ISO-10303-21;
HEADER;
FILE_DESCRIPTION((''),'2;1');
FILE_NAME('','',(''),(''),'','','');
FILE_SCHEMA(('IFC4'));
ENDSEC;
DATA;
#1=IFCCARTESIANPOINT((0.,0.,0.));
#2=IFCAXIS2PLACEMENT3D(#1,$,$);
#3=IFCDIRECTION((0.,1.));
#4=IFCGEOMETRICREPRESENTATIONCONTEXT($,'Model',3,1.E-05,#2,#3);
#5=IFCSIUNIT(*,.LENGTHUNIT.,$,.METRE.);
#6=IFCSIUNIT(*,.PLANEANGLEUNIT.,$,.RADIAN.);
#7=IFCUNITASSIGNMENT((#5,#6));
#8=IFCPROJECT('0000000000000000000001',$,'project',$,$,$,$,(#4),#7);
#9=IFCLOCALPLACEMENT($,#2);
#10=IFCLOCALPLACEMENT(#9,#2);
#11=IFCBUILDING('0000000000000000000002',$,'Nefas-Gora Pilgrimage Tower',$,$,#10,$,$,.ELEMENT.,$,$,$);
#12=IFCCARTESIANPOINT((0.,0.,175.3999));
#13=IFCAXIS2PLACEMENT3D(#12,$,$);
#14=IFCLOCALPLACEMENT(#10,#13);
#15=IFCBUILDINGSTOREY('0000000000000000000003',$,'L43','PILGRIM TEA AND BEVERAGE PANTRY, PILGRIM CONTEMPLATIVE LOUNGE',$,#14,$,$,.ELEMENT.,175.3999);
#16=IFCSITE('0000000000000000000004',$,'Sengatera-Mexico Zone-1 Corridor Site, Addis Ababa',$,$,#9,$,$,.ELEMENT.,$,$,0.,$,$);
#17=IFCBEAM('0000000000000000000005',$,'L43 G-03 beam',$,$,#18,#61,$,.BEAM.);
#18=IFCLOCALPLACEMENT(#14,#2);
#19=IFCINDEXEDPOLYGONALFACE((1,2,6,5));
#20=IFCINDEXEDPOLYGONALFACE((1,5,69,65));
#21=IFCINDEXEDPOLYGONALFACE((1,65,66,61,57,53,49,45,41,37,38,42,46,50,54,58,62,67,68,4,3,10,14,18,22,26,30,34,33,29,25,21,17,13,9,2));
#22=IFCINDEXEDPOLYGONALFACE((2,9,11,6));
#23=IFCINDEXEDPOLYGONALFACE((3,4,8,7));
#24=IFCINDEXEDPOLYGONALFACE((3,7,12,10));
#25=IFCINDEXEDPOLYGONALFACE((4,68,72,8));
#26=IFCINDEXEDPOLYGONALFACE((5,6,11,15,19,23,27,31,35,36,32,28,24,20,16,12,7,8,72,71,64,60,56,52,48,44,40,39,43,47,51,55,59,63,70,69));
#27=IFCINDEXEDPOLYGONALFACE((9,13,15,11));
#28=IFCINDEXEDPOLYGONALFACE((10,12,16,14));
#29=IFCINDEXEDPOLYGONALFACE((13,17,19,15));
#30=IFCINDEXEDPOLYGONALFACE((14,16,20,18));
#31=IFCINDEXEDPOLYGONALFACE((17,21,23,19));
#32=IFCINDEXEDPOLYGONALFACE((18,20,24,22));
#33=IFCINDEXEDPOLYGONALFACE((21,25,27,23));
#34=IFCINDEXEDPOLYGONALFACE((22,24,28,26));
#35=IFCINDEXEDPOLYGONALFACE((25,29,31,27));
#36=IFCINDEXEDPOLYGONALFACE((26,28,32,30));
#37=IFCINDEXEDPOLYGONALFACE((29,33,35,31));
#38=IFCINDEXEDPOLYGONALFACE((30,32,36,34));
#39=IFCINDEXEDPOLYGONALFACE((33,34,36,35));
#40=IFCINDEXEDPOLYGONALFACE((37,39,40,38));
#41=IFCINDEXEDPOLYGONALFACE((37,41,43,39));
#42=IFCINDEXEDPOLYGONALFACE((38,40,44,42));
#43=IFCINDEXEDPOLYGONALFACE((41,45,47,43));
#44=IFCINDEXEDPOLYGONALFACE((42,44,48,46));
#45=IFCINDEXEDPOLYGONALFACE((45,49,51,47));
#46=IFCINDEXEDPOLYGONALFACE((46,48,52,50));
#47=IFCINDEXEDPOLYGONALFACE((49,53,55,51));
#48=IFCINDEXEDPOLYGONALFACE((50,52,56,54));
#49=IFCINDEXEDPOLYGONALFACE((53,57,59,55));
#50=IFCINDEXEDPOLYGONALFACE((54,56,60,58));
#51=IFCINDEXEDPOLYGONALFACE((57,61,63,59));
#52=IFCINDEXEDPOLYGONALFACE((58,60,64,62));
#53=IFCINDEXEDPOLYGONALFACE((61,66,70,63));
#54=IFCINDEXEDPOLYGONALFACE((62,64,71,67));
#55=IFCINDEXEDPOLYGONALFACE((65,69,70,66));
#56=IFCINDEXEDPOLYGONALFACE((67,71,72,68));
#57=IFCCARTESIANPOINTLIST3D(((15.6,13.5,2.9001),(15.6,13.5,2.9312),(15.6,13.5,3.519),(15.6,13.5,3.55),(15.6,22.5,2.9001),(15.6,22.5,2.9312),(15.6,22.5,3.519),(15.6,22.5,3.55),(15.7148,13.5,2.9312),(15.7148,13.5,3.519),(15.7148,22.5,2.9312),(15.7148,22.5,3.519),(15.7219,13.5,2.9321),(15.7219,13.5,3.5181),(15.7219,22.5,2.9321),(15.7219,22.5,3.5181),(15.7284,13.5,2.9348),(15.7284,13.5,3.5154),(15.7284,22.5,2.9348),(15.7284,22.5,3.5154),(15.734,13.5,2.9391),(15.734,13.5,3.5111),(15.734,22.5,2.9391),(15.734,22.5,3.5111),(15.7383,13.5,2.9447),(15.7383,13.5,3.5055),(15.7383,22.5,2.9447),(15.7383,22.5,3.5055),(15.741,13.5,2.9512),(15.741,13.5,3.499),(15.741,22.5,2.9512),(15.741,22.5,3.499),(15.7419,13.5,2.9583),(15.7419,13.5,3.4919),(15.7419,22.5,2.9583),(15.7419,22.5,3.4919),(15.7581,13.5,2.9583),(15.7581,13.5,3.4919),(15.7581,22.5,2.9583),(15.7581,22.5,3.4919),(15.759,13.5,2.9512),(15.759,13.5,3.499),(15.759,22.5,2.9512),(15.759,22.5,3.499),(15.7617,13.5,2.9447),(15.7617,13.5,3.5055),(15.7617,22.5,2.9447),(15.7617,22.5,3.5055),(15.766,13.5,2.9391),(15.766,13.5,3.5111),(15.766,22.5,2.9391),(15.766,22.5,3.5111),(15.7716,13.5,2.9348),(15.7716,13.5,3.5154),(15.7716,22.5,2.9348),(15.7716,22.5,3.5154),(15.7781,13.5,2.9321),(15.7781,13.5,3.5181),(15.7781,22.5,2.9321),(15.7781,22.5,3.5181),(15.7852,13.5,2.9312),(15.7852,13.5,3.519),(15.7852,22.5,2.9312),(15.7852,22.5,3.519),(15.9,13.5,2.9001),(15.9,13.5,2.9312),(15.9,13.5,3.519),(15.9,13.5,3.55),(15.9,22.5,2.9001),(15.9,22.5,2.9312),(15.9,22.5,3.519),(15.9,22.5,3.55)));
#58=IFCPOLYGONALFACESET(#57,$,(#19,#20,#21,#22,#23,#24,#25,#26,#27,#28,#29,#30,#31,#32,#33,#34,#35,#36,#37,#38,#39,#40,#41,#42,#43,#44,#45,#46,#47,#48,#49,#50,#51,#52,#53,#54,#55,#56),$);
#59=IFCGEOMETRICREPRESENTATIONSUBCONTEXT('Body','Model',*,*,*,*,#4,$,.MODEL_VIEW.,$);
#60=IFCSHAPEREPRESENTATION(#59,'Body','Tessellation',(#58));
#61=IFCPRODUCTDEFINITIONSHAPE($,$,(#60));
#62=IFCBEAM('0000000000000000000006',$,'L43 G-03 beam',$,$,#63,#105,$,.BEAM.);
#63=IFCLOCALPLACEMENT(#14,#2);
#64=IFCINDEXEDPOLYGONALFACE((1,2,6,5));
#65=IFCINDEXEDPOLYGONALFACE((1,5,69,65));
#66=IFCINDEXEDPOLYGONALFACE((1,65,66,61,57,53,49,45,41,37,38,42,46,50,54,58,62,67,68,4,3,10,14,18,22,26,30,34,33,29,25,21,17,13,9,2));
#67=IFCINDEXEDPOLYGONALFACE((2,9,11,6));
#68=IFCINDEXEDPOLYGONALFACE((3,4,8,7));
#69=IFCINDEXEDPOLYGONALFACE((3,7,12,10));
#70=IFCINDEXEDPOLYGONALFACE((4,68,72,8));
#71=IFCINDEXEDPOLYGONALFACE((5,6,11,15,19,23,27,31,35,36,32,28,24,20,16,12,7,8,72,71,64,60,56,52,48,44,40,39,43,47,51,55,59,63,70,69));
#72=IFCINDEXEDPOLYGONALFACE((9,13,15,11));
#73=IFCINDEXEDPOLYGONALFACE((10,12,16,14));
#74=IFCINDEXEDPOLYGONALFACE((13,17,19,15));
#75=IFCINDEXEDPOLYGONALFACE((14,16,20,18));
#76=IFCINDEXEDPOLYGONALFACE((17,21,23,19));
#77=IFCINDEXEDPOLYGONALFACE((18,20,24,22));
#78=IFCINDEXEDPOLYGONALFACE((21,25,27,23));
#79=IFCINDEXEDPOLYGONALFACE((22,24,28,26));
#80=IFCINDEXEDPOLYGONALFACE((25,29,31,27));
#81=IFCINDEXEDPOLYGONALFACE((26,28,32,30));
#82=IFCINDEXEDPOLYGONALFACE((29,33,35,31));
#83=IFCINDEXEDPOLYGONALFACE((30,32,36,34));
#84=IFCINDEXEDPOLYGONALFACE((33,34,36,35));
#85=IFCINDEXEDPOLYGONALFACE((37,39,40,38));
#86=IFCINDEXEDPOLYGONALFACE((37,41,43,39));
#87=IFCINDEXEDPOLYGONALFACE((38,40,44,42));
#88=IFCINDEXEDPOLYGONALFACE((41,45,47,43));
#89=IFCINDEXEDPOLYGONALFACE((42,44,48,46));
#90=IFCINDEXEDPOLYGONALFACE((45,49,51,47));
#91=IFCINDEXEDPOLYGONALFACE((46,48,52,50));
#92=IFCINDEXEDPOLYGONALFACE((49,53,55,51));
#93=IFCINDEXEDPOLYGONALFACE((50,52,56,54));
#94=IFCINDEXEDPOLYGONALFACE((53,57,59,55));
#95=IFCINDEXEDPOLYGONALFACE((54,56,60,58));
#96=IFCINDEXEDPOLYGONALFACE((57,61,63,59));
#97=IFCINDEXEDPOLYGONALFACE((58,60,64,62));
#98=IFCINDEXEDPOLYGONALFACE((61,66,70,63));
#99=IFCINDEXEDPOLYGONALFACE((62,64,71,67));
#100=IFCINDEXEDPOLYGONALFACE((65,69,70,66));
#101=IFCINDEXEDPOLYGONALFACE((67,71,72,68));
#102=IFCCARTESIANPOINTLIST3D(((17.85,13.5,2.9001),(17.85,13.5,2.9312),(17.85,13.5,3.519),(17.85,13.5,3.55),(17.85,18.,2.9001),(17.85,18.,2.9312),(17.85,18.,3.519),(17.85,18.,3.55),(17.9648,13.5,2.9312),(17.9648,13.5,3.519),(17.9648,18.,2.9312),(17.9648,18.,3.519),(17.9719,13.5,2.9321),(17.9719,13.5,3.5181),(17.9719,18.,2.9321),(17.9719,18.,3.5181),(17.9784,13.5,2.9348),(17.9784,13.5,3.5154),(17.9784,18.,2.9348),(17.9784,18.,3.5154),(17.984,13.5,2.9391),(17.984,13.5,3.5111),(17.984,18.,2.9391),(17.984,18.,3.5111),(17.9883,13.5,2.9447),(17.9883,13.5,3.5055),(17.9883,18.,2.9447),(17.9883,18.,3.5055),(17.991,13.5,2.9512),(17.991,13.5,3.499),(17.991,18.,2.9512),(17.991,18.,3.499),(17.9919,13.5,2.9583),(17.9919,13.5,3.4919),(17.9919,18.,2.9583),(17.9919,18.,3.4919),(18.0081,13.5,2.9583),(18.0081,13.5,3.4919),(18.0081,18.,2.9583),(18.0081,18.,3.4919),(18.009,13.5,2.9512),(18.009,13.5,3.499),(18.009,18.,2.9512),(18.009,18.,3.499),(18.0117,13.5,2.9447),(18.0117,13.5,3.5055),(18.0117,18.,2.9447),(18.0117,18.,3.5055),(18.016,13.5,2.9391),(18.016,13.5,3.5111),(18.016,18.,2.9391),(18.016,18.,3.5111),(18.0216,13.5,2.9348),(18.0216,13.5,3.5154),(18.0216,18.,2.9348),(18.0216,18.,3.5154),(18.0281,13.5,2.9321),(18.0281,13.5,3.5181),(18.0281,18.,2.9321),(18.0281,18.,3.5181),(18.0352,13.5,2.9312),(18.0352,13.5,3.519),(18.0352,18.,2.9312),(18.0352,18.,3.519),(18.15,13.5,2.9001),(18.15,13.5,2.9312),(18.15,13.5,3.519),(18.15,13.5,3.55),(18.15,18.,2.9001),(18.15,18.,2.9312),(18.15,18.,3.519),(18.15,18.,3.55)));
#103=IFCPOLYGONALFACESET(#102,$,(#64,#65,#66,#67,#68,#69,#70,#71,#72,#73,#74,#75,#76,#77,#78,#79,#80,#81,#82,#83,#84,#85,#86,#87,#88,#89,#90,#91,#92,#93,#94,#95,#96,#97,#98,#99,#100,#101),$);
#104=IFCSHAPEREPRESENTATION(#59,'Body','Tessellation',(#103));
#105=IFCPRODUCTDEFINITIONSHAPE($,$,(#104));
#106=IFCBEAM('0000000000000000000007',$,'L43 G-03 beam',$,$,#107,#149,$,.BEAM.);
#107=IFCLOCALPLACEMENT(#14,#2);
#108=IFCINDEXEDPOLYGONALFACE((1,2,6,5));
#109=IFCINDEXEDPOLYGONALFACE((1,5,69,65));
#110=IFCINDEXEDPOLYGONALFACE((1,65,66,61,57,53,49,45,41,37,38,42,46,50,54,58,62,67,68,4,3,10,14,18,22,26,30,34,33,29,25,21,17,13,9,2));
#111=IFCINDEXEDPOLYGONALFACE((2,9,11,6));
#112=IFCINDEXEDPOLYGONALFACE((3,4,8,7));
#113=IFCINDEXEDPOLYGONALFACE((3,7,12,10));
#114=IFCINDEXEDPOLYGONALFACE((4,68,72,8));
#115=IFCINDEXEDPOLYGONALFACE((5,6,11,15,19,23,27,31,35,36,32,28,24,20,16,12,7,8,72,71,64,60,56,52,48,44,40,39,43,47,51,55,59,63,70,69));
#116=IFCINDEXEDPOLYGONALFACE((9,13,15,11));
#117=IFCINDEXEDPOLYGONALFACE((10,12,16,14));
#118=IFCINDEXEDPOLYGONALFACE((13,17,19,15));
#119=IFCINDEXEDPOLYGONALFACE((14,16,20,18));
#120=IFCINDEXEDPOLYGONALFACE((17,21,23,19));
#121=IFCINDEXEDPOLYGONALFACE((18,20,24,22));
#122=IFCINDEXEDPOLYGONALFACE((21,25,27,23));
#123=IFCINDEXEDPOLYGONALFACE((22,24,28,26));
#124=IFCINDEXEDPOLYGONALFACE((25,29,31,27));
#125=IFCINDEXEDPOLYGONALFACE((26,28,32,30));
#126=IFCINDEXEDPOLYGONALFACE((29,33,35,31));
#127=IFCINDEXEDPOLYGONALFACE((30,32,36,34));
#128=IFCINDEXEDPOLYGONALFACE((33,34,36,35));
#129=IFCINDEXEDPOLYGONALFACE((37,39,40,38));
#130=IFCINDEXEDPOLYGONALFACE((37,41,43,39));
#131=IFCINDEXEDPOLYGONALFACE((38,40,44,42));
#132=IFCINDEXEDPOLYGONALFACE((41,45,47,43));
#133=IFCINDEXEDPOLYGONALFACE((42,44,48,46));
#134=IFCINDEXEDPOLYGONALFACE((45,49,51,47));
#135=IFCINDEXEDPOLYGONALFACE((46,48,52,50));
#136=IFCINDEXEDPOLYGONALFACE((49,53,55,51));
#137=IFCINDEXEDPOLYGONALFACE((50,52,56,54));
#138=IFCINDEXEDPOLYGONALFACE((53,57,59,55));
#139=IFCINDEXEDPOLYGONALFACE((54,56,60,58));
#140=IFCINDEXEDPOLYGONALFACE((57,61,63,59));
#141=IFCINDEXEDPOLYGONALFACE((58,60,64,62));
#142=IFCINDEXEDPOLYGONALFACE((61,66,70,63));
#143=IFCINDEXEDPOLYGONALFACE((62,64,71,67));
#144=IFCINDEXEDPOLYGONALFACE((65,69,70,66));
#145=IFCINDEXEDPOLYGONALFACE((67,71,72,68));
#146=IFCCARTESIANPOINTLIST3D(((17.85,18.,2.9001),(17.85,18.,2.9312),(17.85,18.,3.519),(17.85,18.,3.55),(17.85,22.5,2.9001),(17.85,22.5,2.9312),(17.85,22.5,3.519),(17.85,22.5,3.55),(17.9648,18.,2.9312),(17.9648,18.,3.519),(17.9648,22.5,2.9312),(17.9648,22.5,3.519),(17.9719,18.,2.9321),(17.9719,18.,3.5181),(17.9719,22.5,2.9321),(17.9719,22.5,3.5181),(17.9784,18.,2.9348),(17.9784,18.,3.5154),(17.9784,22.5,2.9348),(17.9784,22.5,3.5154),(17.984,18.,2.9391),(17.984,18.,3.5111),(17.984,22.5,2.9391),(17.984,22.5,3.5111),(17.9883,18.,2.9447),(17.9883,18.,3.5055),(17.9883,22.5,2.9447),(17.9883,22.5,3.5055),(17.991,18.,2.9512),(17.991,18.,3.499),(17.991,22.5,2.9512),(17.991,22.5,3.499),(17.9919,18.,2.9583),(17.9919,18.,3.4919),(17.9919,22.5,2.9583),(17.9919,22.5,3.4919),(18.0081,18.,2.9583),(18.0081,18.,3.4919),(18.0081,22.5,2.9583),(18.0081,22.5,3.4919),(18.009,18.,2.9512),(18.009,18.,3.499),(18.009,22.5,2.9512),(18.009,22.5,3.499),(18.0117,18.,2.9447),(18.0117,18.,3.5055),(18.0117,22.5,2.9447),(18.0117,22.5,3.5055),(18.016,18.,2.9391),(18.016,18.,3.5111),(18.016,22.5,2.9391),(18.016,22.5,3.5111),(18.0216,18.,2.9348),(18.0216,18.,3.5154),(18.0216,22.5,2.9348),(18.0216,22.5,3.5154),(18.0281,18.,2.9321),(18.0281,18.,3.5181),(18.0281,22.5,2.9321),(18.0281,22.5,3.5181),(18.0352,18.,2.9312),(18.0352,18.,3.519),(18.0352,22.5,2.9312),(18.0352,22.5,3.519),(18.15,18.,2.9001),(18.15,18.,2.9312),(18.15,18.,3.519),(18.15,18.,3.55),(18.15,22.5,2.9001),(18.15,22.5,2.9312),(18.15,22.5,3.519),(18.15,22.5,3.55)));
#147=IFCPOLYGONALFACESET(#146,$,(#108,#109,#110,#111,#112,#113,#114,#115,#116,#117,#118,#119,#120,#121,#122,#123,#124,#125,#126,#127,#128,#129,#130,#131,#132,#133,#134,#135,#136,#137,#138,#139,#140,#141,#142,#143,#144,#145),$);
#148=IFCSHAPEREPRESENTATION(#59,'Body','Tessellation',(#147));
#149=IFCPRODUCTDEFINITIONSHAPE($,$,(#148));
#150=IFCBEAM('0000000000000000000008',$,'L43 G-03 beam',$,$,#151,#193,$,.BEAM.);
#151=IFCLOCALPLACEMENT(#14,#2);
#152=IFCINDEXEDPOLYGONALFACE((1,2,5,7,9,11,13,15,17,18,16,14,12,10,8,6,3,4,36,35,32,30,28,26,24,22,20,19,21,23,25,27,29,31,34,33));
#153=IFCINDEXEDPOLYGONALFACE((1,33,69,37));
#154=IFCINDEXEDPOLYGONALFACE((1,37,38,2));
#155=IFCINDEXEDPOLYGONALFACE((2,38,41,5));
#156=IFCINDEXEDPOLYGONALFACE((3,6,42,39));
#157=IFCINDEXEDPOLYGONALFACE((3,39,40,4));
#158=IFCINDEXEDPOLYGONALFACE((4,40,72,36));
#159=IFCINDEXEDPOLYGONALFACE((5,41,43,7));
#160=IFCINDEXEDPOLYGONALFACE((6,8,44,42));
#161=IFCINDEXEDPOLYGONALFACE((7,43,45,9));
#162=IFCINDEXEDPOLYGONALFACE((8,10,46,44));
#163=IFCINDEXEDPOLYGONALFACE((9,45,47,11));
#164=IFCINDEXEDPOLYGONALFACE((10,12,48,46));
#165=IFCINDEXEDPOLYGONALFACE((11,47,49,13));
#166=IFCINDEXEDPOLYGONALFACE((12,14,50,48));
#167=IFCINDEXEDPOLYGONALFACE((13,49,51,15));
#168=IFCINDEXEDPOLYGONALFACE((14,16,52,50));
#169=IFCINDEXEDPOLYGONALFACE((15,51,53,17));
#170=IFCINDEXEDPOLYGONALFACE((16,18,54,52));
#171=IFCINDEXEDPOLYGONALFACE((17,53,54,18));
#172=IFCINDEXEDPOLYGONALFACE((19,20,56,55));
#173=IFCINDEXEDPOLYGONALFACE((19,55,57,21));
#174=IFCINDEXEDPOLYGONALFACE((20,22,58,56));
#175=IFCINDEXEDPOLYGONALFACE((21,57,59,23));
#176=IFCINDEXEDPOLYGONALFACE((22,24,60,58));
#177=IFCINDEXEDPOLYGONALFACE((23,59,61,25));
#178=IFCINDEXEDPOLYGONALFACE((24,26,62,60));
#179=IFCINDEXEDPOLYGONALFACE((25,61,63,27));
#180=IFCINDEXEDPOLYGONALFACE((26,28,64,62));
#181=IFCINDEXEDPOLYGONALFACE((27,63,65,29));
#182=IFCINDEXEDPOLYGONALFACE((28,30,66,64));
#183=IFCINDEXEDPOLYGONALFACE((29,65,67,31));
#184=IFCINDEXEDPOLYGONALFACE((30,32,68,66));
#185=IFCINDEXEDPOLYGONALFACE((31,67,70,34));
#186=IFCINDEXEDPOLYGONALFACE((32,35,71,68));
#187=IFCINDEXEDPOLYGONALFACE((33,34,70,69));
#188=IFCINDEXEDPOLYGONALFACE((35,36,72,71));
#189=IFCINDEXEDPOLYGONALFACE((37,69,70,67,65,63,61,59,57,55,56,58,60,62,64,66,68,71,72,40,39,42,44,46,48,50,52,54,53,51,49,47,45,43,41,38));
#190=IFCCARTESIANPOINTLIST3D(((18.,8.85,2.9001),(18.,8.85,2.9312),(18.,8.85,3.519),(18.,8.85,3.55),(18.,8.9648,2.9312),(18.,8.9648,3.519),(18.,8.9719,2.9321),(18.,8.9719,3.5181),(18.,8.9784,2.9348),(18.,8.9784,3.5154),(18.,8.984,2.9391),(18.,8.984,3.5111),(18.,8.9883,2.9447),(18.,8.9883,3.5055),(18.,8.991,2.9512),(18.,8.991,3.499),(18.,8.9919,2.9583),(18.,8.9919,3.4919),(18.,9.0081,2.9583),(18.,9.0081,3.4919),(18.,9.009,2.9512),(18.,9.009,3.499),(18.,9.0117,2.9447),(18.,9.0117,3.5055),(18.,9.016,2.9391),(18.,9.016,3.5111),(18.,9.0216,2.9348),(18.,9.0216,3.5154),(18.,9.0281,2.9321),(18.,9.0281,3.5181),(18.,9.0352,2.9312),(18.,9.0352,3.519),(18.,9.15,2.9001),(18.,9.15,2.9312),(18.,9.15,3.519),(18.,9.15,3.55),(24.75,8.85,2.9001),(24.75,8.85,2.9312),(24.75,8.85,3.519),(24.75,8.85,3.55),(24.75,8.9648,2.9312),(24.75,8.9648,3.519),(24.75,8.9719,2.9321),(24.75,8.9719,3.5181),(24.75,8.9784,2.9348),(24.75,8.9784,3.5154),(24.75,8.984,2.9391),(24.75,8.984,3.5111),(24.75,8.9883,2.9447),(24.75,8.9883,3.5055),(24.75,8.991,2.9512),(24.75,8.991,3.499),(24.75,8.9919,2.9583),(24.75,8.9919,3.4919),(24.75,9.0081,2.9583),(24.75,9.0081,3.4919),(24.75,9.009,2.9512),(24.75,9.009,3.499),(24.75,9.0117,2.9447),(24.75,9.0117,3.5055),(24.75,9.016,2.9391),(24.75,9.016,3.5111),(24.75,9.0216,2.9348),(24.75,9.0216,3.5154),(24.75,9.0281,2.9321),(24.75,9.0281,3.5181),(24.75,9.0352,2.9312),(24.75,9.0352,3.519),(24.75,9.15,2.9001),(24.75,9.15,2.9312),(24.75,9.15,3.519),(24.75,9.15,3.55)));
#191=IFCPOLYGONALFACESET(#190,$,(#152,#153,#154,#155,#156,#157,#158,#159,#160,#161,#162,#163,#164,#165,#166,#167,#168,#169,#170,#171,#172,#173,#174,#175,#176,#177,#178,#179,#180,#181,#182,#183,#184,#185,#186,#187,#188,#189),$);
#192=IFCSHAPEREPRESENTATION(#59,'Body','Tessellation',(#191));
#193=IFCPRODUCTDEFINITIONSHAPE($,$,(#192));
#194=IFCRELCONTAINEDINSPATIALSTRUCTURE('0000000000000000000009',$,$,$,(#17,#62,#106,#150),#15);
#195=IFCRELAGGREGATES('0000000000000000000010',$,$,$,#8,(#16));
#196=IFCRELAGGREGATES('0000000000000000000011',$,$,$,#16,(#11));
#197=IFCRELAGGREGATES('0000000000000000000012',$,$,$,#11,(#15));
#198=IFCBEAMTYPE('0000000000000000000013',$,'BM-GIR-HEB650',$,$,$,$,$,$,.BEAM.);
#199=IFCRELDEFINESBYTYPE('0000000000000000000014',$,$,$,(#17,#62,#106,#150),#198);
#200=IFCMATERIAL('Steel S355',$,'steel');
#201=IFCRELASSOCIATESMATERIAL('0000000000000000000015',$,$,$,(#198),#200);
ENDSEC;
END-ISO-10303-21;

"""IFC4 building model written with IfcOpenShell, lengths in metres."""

from ifc_helpers import new_model, si_unit, direction, frame, origin, origin_2d, place, context, subcontext, project, spatial, i_section, extrude, source, transform, mapped, material, material_profile, profile_set, type_object, element, save


model = new_model("IFC4")

# Units and contexts
model_context = context("Model", 3, precision=1e-05, world=origin(), true_north=direction((0.0, 1.0)))
body_context = subcontext(model_context, "Body", "Model", "MODEL_VIEW")
ifc_project = project(units=[si_unit("LENGTHUNIT", "METRE"), si_unit("PLANEANGLEUNIT", "RADIAN")], contexts=[model_context])

# Site, building, storey
site_placement = place(None, origin())
site = spatial("IfcSite", under=ifc_project, at=site_placement, Name="Sengatera-Mexico Zone-1 Corridor Site, Addis Ababa", CompositionType="ELEMENT", RefElevation=0.0)
building_placement = place(site_placement, origin())
building = spatial("IfcBuilding", under=site, at=building_placement, Name="Nefas-Gora Pilgrimage Tower", CompositionType="ELEMENT")
storey_placement = place(building_placement, frame((0.0, 0.0, 175.3999)))
storey = spatial("IfcBuildingStorey", under=building, at=storey_placement, Name="L43", Description="PILGRIM TEA AND BEVERAGE PANTRY, PILGRIM CONTEMPLATIVE LOUNGE", CompositionType="ELEMENT", Elevation=175.3999)

# Beams
ifc_material_1 = material(Name="Steel S355", Category="steel")
ifc_material_profile_1 = material_profile(ifc_material_1, i_section(OverallWidth=0.3, OverallDepth=0.6499, WebThickness=0.0161, FlangeThickness=0.031, FilletRadius=0.0271, at=origin_2d()), Name="HEB 650")
ifc_profile_set_1 = profile_set([ifc_material_profile_1], Name="Steel S355")
beam_type_1 = type_object("IfcBeamType", Name="BM-GIR-HEB650", PredefinedType="BEAM", material=ifc_profile_set_1)
shared_shape_1 = source(origin(), body_context, "Body", "SweptSolid", [
    extrude(i_section(OverallWidth=0.3, OverallDepth=0.6499, WebThickness=0.0161, FlangeThickness=0.031, FilletRadius=0.0271, at=origin_2d()), origin(), (0.0, 0.0, 1.0), 9.0),
])
beam_1_placement = place(storey_placement, frame((15.75, 13.5, 3.2251), z_axis=(0.0, 1.0, 0.0), x_axis=(-1.0, 0.0, 0.0)))
element("IfcBeam", 1, at=beam_1_placement, inside=storey, type_object=beam_type_1, Name="L43 G-03 beam", PredefinedType="BEAM", context=body_context, shape_type="MappedRepresentation", body=[
    mapped(shared_shape_1, transform((0.0, 0.0, 0.0), x_axis=(1.0, 0.0, 0.0), y_axis=(0.0, 1.0, 0.0), z_axis=(0.0, 0.0, 1.0), scale=1.0)),
])
shared_shape_2 = source(origin(), body_context, "Body", "SweptSolid", [
    extrude(i_section(OverallWidth=0.3, OverallDepth=0.6499, WebThickness=0.0161, FlangeThickness=0.031, FilletRadius=0.0271, at=origin_2d()), origin(), (0.0, 0.0, 1.0), 4.5),
])
for number, where, z_axis, x_axis, name in (
    (2, (18.0, 13.5, 3.2251), (0.0, 1.0, 0.0), (-1.0, 0.0, 0.0), "L43 G-03 beam"),
    (3, (18.0, 18.0, 3.2251), (0.0, 1.0, 0.0), (-1.0, 0.0, 0.0), "L43 G-03 beam"),
):
    element("IfcBeam", number, at=place(storey_placement, frame(where, z_axis=z_axis, x_axis=x_axis)), inside=storey, type_object=beam_type_1, Name=name, PredefinedType="BEAM", context=body_context, shape_type="MappedRepresentation", body=[
        mapped(shared_shape_2, transform((0.0, 0.0, 0.0), x_axis=(1.0, 0.0, 0.0), y_axis=(0.0, 1.0, 0.0), z_axis=(0.0, 0.0, 1.0), scale=1.0)),
    ])
shared_shape_3 = source(origin(), body_context, "Body", "SweptSolid", [
    extrude(i_section(OverallWidth=0.3, OverallDepth=0.6499, WebThickness=0.0161, FlangeThickness=0.031, FilletRadius=0.0271, at=origin_2d()), origin(), (0.0, 0.0, 1.0), 6.75),
])
for number, where, z_axis, x_axis, name in (
    (4, (18.0, 9.0, 3.2251), (1.0, 0.0, 0.0), (0.0, 1.0, 0.0), "L43 G-03 beam"),
):
    element("IfcBeam", number, at=place(storey_placement, frame(where, z_axis=z_axis, x_axis=x_axis)), inside=storey, type_object=beam_type_1, Name=name, PredefinedType="BEAM", context=body_context, shape_type="MappedRepresentation", body=[
        mapped(shared_shape_3, transform((0.0, 0.0, 0.0), x_axis=(1.0, 0.0, 0.0), y_axis=(0.0, 1.0, 0.0), z_axis=(0.0, 0.0, 1.0), scale=1.0)),
    ])

save(model, "model.ifc")
